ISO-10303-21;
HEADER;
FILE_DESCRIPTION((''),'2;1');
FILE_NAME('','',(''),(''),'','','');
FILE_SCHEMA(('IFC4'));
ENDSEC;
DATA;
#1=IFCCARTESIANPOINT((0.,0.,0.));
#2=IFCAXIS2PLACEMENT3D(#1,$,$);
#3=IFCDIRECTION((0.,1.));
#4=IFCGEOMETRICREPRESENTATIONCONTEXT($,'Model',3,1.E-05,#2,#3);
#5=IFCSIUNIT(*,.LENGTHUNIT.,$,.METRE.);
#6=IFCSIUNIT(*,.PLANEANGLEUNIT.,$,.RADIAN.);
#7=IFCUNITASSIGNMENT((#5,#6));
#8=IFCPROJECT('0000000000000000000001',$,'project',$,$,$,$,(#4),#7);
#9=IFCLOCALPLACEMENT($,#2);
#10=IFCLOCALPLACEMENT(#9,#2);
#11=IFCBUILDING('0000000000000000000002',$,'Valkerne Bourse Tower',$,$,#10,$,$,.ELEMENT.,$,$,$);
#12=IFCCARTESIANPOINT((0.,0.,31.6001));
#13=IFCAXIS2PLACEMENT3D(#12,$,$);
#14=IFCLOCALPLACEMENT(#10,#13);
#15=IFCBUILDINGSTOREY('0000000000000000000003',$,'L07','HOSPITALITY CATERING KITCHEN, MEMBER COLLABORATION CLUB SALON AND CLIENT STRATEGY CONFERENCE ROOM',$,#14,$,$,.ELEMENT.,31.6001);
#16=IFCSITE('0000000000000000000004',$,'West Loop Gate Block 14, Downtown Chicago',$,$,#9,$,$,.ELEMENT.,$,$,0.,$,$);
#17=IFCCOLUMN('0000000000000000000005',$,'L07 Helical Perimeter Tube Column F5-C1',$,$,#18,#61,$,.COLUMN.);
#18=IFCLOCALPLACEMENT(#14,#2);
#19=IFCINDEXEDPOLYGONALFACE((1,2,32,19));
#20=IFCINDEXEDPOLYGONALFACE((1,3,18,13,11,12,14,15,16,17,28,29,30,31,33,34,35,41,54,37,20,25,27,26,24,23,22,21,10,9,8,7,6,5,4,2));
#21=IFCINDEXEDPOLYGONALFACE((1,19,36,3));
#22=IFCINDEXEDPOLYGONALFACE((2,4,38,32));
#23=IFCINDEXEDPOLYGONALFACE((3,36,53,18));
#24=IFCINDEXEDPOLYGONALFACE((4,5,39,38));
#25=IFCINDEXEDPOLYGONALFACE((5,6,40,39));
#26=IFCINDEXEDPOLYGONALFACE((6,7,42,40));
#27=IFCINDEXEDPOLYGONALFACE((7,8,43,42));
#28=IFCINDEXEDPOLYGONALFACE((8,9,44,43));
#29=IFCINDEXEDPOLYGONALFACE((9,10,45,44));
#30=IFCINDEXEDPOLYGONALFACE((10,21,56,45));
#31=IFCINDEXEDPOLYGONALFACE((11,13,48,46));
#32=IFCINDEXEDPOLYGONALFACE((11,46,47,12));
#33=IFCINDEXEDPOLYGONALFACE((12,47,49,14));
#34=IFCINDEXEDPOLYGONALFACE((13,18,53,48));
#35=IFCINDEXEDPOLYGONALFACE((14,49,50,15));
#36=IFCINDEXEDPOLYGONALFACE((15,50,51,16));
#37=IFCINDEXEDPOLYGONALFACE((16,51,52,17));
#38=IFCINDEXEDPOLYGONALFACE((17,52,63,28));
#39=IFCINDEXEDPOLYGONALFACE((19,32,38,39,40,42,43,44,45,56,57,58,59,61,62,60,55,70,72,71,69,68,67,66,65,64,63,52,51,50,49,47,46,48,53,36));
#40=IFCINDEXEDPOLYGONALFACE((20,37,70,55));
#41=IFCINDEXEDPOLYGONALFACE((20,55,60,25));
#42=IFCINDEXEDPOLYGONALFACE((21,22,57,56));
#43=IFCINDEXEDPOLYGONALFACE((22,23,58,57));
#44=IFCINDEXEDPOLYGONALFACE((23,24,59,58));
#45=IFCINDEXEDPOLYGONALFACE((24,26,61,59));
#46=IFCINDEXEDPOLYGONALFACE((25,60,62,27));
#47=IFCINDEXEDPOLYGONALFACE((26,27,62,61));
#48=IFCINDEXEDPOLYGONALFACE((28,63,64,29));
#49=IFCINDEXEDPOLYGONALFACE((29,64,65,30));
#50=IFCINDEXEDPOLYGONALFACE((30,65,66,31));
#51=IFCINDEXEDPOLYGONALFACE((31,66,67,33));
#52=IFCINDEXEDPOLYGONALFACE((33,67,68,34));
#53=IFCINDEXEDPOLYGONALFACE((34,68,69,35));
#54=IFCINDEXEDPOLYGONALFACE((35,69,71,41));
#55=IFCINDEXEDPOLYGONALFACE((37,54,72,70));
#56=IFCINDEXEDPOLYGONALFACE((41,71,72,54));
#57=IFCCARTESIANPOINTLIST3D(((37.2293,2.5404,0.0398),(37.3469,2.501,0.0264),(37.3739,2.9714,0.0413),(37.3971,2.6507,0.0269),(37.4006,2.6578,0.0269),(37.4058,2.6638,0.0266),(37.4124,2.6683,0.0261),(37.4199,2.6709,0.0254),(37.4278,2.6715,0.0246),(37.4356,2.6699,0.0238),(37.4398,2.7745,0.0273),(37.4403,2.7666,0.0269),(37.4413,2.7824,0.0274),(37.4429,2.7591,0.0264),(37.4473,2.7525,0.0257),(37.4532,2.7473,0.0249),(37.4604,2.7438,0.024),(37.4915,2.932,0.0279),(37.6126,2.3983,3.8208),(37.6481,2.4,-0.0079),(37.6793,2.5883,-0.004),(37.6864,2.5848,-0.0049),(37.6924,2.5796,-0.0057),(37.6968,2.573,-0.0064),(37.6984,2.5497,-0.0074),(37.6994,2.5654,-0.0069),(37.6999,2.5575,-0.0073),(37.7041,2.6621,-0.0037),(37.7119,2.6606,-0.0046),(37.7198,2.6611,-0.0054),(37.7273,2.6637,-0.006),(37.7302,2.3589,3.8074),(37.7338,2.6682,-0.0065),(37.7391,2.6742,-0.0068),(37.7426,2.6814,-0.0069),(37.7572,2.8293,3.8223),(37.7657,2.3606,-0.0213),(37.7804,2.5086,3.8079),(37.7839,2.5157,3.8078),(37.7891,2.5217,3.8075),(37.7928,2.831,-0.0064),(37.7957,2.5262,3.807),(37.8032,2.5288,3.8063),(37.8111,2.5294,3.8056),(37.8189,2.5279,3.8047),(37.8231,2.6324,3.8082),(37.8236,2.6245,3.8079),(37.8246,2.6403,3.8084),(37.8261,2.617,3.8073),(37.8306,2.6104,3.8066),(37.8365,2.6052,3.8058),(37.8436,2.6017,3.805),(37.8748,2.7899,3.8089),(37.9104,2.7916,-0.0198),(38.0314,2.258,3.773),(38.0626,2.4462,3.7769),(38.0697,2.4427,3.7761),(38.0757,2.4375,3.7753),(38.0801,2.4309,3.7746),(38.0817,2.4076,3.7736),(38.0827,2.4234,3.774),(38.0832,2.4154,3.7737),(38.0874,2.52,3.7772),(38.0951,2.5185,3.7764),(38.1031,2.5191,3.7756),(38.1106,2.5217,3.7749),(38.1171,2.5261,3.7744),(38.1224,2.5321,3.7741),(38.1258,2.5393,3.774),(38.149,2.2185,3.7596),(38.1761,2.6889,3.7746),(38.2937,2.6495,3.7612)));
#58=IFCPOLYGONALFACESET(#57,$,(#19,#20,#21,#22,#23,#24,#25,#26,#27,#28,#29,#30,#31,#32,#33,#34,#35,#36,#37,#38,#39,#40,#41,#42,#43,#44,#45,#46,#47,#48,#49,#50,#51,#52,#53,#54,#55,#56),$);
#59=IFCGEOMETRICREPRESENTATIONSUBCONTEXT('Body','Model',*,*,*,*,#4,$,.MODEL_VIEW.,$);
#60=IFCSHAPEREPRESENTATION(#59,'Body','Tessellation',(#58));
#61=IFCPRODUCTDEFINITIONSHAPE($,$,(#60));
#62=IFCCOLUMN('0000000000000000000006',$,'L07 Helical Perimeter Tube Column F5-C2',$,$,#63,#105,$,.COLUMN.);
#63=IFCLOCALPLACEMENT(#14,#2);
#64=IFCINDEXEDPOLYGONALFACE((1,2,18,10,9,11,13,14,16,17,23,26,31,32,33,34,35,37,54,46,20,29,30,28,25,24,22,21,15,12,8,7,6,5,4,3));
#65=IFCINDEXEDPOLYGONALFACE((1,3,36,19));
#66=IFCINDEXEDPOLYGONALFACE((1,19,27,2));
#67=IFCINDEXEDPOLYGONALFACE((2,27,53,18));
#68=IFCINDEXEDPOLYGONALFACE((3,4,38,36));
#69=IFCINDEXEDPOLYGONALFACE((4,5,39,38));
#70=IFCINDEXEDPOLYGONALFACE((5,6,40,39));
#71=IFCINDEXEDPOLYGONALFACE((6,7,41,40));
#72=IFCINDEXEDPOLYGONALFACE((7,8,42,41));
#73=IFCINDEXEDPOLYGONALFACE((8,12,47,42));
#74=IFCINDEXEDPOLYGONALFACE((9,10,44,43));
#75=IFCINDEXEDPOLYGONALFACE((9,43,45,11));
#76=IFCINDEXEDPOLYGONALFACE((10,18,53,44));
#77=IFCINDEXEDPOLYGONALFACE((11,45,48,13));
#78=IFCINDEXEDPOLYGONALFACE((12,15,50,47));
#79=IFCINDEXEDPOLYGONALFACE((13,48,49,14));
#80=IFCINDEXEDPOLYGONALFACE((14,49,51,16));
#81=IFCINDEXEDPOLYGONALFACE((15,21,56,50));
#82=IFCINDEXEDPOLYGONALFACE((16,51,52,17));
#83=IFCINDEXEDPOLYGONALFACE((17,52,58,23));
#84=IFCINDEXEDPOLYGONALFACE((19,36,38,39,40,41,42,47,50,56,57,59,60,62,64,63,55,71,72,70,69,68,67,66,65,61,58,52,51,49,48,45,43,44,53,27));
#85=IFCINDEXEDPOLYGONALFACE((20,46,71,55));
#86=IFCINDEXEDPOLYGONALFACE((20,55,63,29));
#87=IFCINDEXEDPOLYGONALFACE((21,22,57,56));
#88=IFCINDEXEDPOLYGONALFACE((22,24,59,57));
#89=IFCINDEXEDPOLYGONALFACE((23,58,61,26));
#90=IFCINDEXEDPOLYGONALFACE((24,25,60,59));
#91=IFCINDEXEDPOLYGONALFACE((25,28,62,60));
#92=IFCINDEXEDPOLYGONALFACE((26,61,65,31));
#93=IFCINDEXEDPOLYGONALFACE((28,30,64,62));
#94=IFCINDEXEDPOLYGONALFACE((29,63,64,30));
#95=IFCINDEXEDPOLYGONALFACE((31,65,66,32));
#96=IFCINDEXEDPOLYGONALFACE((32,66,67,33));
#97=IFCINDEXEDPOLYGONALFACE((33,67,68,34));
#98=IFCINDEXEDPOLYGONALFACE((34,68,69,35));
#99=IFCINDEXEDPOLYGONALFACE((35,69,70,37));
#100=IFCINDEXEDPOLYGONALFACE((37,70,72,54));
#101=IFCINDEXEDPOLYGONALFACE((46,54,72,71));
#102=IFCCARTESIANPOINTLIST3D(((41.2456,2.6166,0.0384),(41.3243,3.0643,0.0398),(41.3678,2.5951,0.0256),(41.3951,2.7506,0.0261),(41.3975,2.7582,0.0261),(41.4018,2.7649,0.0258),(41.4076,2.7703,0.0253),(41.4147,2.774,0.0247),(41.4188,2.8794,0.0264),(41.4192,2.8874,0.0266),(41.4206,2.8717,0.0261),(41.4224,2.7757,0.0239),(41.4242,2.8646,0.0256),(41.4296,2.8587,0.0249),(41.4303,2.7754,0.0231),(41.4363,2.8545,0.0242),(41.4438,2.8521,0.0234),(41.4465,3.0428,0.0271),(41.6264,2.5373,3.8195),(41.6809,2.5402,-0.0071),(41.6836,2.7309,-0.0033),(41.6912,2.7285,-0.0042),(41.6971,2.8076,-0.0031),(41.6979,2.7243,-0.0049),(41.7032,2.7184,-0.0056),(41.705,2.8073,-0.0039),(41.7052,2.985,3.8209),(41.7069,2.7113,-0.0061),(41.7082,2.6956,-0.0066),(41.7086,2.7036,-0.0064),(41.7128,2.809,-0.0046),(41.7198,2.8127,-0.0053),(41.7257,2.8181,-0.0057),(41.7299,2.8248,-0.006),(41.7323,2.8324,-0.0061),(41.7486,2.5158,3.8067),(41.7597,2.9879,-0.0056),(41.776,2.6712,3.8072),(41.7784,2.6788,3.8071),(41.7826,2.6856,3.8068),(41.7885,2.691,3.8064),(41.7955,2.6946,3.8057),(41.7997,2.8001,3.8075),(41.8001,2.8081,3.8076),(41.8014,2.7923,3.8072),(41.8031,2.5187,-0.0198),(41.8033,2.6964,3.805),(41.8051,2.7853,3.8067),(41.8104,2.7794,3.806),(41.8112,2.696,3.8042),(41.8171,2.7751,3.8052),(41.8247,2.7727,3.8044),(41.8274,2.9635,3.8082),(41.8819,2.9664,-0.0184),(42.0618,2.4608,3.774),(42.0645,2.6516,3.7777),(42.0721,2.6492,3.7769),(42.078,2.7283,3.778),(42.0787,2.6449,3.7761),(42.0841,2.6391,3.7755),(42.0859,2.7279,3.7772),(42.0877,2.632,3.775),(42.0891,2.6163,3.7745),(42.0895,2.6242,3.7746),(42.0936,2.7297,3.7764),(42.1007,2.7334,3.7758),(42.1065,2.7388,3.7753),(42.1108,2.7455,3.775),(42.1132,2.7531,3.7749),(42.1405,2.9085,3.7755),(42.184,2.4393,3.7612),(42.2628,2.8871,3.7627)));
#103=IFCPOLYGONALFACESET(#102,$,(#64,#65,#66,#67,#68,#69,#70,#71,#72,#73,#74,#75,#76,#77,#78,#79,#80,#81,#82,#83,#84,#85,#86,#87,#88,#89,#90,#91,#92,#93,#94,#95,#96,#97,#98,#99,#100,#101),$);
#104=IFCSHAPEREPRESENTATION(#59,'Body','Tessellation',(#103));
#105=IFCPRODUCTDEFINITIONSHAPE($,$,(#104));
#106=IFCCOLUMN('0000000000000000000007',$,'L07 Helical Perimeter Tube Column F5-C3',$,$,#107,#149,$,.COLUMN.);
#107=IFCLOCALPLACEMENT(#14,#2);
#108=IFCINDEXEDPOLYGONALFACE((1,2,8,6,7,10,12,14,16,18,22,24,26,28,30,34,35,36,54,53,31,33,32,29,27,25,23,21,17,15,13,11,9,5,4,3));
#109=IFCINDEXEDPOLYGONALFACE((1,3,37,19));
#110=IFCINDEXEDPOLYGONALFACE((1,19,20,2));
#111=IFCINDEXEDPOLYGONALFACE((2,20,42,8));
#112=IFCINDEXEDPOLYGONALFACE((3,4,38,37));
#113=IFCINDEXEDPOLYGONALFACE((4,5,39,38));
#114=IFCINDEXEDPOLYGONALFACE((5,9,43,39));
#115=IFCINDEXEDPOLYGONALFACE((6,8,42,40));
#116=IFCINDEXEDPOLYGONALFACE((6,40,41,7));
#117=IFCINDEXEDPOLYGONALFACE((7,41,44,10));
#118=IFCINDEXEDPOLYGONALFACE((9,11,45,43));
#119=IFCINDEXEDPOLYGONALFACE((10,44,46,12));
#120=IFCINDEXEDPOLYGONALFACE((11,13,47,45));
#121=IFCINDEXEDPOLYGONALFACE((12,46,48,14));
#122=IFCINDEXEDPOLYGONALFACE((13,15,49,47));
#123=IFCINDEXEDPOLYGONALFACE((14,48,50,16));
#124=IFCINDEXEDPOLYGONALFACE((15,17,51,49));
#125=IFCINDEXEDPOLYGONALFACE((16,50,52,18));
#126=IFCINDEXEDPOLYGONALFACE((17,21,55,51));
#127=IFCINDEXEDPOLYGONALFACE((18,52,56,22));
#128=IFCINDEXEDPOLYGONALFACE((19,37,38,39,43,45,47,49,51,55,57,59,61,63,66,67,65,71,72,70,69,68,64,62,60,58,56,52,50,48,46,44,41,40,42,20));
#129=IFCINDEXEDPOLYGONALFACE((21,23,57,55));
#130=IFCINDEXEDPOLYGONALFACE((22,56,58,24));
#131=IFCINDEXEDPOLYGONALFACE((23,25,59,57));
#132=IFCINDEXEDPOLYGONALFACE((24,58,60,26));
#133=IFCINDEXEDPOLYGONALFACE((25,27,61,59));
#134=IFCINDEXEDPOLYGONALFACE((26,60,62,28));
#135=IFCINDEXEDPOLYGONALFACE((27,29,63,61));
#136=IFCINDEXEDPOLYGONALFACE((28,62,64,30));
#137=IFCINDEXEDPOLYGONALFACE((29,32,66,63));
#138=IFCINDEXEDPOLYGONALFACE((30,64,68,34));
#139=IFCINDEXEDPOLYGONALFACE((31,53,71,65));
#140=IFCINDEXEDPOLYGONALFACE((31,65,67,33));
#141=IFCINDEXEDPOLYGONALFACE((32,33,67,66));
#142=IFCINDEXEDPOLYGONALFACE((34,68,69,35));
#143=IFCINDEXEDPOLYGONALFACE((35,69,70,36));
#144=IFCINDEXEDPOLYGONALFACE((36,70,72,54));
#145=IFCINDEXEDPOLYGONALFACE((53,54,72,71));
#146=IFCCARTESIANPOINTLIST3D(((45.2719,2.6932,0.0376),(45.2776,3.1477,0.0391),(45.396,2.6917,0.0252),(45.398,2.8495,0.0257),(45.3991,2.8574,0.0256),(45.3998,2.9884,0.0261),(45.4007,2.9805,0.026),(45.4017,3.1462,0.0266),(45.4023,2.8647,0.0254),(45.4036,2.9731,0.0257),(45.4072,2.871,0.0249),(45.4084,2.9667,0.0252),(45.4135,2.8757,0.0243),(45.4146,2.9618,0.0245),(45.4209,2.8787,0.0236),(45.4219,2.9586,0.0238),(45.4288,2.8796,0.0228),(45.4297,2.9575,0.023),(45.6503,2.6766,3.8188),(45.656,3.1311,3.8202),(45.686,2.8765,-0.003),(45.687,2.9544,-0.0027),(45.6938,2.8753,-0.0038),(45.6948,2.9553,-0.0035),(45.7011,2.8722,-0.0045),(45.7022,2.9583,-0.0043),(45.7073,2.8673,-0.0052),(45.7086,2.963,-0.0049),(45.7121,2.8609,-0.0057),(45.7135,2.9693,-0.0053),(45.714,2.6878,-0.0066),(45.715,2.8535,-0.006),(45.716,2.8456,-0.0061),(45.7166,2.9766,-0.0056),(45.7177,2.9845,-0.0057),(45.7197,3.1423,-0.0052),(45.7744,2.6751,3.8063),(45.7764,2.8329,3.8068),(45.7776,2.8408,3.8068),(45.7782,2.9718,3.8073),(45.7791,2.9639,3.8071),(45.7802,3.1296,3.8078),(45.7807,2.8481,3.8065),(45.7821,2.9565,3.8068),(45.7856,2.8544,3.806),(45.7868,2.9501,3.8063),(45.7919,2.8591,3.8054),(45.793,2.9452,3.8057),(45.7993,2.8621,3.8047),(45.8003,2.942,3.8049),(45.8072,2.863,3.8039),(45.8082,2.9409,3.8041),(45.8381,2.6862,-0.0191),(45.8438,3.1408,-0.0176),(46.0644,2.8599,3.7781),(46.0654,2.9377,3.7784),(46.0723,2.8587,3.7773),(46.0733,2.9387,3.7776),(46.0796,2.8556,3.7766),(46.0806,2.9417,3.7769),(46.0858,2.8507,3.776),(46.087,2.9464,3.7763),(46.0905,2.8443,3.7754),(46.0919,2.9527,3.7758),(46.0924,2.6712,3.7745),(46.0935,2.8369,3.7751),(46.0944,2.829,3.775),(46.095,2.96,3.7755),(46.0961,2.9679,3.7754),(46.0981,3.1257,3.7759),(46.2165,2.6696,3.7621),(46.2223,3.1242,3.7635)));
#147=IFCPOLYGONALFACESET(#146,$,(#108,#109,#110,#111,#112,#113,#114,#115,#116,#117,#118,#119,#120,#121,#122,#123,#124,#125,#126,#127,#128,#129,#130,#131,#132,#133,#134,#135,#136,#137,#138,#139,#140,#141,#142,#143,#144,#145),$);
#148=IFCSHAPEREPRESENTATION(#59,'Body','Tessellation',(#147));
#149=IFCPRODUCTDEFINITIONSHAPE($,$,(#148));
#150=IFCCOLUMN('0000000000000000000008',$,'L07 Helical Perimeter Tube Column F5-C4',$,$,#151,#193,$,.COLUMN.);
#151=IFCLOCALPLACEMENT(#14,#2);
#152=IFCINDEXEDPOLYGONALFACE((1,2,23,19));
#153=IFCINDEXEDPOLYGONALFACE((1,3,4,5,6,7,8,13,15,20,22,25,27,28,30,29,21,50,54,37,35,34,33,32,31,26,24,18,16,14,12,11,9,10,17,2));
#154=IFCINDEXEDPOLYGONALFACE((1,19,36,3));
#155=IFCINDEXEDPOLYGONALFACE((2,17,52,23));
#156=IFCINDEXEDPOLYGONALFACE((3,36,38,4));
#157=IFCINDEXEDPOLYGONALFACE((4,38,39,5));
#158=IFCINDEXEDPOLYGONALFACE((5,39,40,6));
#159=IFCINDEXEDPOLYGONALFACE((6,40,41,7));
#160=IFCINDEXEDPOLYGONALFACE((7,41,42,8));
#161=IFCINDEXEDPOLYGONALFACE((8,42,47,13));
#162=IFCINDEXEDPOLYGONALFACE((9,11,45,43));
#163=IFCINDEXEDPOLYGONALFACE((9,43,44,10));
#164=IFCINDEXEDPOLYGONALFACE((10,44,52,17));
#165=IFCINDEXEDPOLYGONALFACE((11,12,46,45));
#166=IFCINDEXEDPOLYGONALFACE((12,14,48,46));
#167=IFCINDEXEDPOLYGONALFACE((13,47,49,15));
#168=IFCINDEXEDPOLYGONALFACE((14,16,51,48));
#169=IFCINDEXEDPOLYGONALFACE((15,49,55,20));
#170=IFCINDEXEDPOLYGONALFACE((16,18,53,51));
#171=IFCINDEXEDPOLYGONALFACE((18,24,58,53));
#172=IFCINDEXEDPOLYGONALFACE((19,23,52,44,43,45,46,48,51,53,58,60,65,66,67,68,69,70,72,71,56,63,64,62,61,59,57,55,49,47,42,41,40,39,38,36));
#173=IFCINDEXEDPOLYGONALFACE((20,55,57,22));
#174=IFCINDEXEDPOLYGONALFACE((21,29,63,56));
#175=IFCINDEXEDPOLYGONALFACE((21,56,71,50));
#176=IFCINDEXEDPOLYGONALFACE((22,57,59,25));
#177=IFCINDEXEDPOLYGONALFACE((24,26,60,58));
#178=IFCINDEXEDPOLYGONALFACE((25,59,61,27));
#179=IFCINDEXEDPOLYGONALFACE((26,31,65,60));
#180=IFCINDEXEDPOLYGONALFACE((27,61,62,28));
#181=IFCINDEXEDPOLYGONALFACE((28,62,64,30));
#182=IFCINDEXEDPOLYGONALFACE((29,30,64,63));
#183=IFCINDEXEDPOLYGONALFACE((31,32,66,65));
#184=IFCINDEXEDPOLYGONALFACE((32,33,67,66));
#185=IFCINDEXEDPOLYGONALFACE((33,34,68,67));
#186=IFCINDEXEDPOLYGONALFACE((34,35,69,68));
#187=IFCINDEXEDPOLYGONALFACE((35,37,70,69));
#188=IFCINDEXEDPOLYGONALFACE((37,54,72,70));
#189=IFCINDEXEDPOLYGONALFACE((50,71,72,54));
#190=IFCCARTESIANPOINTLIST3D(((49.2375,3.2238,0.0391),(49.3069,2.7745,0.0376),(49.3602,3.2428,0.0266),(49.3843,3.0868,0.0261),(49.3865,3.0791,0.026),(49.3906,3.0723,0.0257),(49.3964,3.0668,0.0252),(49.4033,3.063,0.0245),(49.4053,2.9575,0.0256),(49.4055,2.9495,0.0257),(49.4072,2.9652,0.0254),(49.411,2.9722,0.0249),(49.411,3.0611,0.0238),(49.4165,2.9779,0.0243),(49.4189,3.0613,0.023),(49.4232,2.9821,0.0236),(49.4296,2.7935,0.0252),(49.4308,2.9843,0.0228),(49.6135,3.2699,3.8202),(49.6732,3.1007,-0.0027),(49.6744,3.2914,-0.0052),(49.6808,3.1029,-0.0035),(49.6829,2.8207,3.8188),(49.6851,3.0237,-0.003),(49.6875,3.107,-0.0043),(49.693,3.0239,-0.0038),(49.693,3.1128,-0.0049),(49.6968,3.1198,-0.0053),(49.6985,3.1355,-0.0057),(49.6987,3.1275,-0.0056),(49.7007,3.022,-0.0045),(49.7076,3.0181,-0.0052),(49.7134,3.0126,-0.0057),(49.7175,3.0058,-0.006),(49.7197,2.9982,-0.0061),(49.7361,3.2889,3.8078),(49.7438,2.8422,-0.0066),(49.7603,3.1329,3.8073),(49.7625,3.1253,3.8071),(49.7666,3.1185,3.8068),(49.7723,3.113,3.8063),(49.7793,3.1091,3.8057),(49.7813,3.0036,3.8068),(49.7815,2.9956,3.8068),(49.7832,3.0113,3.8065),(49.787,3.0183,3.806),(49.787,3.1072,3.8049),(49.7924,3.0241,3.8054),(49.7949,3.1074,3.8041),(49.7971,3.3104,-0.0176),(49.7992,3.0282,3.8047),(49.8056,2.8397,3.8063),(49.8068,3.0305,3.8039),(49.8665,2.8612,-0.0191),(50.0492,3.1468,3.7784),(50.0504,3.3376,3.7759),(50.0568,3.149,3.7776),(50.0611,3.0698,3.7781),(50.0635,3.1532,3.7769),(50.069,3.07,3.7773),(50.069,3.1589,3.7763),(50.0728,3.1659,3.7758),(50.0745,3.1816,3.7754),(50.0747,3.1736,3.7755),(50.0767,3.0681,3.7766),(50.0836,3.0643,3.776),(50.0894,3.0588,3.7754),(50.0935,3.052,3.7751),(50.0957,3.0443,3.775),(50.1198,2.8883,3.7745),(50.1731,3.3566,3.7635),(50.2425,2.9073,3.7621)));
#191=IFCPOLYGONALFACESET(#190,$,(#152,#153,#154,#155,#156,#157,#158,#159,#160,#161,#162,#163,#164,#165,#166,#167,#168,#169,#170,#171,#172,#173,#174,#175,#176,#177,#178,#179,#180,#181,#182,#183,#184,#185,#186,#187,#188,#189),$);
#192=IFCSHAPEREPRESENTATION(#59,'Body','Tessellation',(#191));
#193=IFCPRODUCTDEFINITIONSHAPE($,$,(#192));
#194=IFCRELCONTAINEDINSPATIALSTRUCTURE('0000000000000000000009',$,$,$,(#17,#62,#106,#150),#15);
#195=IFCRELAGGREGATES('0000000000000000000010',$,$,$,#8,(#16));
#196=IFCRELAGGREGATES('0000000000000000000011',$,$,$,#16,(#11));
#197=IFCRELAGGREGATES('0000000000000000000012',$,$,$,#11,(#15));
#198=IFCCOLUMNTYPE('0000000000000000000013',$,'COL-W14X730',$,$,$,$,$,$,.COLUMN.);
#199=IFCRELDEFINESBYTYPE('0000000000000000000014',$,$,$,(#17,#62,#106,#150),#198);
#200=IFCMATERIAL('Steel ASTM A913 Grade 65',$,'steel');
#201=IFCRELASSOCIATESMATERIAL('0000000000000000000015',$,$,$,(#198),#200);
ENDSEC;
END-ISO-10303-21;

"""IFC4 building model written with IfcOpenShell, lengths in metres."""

from ifc_helpers import new_model, si_unit, direction, frame, origin, origin_2d, place, context, subcontext, project, spatial, i_section, extrude, material, material_profile, profile_set, type_object, element, save


model = new_model("IFC4")

# Units and contexts
model_context = context("Model", 3, precision=1e-05, world=origin(), true_north=direction((0.0, 1.0)))
body_context = subcontext(model_context, "Body", "Model", "MODEL_VIEW")
ifc_project = project(units=[si_unit("LENGTHUNIT", "METRE"), si_unit("PLANEANGLEUNIT", "RADIAN")], contexts=[model_context])

# Site, building, storey
site_placement = place(None, origin())
site = spatial("IfcSite", under=ifc_project, at=site_placement, Name="West Loop Gate Block 14, Downtown Chicago", CompositionType="ELEMENT", RefElevation=0.0)
building_placement = place(site_placement, origin())
building = spatial("IfcBuilding", under=site, at=building_placement, Name="Valkerne Bourse Tower", CompositionType="ELEMENT")
storey_placement = place(building_placement, frame((0.0, 0.0, 31.6001)))
storey = spatial("IfcBuildingStorey", under=building, at=storey_placement, Name="L07", Description="HOSPITALITY CATERING KITCHEN, MEMBER COLLABORATION CLUB SALON AND CLIENT STRATEGY CONFERENCE ROOM", CompositionType="ELEMENT", Elevation=31.6001)

# Columns
ifc_material_1 = material(Name="Steel ASTM A913 Grade 65", Category="steel")
ifc_material_profile_1 = material_profile(ifc_material_1, i_section(OverallWidth=0.4546, OverallDepth=0.5691, WebThickness=0.0779, FlangeThickness=0.1248, FilletRadius=0.0305, at=origin_2d()), Name="W14X730")
ifc_profile_set_1 = profile_set([ifc_material_profile_1], Name="Steel ASTM A913 Grade 65")
column_type = type_object("IfcColumnType", Name="COL-W14X730", PredefinedType="COLUMN", material=ifc_profile_set_1)
column_1_placement = place(storey_placement, frame((37.5698, 2.666, 0.01), z_axis=(0.100788, -0.037362, 0.994206), x_axis=(0.318134, 0.94804, 0.003376)))
element("IfcColumn", 1, at=column_1_placement, inside=storey, type_object=column_type, Name="L07 Helical Perimeter Tube Column F5-C1", PredefinedType="COLUMN", context=body_context, shape_type="SweptSolid", body=[
    extrude(i_section(OverallWidth=0.4546, OverallDepth=0.5691, WebThickness=0.0779, FlangeThickness=0.1248, FilletRadius=0.0305, at=origin_2d()), origin(), (0.0, 0.0, 1.0), 3.803),
])
column_2_placement = place(storey_placement, frame((41.5637, 2.7915, 0.01), z_axis=(0.100201, -0.020875, 0.994748), x_axis=(0.173265, 0.98487, 0.003215)))
element("IfcColumn", 2, at=column_2_placement, inside=storey, type_object=column_type, Name="L07 Helical Perimeter Tube Column F5-C2", PredefinedType="COLUMN", context=body_context, shape_type="SweptSolid", body=[
    extrude(i_section(OverallWidth=0.4546, OverallDepth=0.5691, WebThickness=0.0779, FlangeThickness=0.1248, FilletRadius=0.0305, at=origin_2d()), origin(), (0.0, 0.0, 1.0), 3.801),
])
for number, where, z_axis, x_axis, name in (
    (3, (45.5579, 2.917, 0.01), (0.099585, -0.004369, 0.995019), (0.012583, 0.999916, 0.003131), "L07 Helical Perimeter Tube Column F5-C3"),
    (4, (49.552, 3.0425, 0.01), (0.098943, 0.012143, 0.995019), (-0.152775, 0.988256, 0.003131), "L07 Helical Perimeter Tube Column F5-C4"),
):
    element("IfcColumn", number, at=place(storey_placement, frame(where, z_axis=z_axis, x_axis=x_axis)), inside=storey, type_object=column_type, Name=name, PredefinedType="COLUMN", context=body_context, shape_type="SweptSolid", body=[
        extrude(i_section(OverallWidth=0.4546, OverallDepth=0.5691, WebThickness=0.0779, FlangeThickness=0.1248, FilletRadius=0.0305, at=origin_2d()), origin(), (0.0, 0.0, 1.0), 3.8),
    ])

save(model, "model.ifc")
